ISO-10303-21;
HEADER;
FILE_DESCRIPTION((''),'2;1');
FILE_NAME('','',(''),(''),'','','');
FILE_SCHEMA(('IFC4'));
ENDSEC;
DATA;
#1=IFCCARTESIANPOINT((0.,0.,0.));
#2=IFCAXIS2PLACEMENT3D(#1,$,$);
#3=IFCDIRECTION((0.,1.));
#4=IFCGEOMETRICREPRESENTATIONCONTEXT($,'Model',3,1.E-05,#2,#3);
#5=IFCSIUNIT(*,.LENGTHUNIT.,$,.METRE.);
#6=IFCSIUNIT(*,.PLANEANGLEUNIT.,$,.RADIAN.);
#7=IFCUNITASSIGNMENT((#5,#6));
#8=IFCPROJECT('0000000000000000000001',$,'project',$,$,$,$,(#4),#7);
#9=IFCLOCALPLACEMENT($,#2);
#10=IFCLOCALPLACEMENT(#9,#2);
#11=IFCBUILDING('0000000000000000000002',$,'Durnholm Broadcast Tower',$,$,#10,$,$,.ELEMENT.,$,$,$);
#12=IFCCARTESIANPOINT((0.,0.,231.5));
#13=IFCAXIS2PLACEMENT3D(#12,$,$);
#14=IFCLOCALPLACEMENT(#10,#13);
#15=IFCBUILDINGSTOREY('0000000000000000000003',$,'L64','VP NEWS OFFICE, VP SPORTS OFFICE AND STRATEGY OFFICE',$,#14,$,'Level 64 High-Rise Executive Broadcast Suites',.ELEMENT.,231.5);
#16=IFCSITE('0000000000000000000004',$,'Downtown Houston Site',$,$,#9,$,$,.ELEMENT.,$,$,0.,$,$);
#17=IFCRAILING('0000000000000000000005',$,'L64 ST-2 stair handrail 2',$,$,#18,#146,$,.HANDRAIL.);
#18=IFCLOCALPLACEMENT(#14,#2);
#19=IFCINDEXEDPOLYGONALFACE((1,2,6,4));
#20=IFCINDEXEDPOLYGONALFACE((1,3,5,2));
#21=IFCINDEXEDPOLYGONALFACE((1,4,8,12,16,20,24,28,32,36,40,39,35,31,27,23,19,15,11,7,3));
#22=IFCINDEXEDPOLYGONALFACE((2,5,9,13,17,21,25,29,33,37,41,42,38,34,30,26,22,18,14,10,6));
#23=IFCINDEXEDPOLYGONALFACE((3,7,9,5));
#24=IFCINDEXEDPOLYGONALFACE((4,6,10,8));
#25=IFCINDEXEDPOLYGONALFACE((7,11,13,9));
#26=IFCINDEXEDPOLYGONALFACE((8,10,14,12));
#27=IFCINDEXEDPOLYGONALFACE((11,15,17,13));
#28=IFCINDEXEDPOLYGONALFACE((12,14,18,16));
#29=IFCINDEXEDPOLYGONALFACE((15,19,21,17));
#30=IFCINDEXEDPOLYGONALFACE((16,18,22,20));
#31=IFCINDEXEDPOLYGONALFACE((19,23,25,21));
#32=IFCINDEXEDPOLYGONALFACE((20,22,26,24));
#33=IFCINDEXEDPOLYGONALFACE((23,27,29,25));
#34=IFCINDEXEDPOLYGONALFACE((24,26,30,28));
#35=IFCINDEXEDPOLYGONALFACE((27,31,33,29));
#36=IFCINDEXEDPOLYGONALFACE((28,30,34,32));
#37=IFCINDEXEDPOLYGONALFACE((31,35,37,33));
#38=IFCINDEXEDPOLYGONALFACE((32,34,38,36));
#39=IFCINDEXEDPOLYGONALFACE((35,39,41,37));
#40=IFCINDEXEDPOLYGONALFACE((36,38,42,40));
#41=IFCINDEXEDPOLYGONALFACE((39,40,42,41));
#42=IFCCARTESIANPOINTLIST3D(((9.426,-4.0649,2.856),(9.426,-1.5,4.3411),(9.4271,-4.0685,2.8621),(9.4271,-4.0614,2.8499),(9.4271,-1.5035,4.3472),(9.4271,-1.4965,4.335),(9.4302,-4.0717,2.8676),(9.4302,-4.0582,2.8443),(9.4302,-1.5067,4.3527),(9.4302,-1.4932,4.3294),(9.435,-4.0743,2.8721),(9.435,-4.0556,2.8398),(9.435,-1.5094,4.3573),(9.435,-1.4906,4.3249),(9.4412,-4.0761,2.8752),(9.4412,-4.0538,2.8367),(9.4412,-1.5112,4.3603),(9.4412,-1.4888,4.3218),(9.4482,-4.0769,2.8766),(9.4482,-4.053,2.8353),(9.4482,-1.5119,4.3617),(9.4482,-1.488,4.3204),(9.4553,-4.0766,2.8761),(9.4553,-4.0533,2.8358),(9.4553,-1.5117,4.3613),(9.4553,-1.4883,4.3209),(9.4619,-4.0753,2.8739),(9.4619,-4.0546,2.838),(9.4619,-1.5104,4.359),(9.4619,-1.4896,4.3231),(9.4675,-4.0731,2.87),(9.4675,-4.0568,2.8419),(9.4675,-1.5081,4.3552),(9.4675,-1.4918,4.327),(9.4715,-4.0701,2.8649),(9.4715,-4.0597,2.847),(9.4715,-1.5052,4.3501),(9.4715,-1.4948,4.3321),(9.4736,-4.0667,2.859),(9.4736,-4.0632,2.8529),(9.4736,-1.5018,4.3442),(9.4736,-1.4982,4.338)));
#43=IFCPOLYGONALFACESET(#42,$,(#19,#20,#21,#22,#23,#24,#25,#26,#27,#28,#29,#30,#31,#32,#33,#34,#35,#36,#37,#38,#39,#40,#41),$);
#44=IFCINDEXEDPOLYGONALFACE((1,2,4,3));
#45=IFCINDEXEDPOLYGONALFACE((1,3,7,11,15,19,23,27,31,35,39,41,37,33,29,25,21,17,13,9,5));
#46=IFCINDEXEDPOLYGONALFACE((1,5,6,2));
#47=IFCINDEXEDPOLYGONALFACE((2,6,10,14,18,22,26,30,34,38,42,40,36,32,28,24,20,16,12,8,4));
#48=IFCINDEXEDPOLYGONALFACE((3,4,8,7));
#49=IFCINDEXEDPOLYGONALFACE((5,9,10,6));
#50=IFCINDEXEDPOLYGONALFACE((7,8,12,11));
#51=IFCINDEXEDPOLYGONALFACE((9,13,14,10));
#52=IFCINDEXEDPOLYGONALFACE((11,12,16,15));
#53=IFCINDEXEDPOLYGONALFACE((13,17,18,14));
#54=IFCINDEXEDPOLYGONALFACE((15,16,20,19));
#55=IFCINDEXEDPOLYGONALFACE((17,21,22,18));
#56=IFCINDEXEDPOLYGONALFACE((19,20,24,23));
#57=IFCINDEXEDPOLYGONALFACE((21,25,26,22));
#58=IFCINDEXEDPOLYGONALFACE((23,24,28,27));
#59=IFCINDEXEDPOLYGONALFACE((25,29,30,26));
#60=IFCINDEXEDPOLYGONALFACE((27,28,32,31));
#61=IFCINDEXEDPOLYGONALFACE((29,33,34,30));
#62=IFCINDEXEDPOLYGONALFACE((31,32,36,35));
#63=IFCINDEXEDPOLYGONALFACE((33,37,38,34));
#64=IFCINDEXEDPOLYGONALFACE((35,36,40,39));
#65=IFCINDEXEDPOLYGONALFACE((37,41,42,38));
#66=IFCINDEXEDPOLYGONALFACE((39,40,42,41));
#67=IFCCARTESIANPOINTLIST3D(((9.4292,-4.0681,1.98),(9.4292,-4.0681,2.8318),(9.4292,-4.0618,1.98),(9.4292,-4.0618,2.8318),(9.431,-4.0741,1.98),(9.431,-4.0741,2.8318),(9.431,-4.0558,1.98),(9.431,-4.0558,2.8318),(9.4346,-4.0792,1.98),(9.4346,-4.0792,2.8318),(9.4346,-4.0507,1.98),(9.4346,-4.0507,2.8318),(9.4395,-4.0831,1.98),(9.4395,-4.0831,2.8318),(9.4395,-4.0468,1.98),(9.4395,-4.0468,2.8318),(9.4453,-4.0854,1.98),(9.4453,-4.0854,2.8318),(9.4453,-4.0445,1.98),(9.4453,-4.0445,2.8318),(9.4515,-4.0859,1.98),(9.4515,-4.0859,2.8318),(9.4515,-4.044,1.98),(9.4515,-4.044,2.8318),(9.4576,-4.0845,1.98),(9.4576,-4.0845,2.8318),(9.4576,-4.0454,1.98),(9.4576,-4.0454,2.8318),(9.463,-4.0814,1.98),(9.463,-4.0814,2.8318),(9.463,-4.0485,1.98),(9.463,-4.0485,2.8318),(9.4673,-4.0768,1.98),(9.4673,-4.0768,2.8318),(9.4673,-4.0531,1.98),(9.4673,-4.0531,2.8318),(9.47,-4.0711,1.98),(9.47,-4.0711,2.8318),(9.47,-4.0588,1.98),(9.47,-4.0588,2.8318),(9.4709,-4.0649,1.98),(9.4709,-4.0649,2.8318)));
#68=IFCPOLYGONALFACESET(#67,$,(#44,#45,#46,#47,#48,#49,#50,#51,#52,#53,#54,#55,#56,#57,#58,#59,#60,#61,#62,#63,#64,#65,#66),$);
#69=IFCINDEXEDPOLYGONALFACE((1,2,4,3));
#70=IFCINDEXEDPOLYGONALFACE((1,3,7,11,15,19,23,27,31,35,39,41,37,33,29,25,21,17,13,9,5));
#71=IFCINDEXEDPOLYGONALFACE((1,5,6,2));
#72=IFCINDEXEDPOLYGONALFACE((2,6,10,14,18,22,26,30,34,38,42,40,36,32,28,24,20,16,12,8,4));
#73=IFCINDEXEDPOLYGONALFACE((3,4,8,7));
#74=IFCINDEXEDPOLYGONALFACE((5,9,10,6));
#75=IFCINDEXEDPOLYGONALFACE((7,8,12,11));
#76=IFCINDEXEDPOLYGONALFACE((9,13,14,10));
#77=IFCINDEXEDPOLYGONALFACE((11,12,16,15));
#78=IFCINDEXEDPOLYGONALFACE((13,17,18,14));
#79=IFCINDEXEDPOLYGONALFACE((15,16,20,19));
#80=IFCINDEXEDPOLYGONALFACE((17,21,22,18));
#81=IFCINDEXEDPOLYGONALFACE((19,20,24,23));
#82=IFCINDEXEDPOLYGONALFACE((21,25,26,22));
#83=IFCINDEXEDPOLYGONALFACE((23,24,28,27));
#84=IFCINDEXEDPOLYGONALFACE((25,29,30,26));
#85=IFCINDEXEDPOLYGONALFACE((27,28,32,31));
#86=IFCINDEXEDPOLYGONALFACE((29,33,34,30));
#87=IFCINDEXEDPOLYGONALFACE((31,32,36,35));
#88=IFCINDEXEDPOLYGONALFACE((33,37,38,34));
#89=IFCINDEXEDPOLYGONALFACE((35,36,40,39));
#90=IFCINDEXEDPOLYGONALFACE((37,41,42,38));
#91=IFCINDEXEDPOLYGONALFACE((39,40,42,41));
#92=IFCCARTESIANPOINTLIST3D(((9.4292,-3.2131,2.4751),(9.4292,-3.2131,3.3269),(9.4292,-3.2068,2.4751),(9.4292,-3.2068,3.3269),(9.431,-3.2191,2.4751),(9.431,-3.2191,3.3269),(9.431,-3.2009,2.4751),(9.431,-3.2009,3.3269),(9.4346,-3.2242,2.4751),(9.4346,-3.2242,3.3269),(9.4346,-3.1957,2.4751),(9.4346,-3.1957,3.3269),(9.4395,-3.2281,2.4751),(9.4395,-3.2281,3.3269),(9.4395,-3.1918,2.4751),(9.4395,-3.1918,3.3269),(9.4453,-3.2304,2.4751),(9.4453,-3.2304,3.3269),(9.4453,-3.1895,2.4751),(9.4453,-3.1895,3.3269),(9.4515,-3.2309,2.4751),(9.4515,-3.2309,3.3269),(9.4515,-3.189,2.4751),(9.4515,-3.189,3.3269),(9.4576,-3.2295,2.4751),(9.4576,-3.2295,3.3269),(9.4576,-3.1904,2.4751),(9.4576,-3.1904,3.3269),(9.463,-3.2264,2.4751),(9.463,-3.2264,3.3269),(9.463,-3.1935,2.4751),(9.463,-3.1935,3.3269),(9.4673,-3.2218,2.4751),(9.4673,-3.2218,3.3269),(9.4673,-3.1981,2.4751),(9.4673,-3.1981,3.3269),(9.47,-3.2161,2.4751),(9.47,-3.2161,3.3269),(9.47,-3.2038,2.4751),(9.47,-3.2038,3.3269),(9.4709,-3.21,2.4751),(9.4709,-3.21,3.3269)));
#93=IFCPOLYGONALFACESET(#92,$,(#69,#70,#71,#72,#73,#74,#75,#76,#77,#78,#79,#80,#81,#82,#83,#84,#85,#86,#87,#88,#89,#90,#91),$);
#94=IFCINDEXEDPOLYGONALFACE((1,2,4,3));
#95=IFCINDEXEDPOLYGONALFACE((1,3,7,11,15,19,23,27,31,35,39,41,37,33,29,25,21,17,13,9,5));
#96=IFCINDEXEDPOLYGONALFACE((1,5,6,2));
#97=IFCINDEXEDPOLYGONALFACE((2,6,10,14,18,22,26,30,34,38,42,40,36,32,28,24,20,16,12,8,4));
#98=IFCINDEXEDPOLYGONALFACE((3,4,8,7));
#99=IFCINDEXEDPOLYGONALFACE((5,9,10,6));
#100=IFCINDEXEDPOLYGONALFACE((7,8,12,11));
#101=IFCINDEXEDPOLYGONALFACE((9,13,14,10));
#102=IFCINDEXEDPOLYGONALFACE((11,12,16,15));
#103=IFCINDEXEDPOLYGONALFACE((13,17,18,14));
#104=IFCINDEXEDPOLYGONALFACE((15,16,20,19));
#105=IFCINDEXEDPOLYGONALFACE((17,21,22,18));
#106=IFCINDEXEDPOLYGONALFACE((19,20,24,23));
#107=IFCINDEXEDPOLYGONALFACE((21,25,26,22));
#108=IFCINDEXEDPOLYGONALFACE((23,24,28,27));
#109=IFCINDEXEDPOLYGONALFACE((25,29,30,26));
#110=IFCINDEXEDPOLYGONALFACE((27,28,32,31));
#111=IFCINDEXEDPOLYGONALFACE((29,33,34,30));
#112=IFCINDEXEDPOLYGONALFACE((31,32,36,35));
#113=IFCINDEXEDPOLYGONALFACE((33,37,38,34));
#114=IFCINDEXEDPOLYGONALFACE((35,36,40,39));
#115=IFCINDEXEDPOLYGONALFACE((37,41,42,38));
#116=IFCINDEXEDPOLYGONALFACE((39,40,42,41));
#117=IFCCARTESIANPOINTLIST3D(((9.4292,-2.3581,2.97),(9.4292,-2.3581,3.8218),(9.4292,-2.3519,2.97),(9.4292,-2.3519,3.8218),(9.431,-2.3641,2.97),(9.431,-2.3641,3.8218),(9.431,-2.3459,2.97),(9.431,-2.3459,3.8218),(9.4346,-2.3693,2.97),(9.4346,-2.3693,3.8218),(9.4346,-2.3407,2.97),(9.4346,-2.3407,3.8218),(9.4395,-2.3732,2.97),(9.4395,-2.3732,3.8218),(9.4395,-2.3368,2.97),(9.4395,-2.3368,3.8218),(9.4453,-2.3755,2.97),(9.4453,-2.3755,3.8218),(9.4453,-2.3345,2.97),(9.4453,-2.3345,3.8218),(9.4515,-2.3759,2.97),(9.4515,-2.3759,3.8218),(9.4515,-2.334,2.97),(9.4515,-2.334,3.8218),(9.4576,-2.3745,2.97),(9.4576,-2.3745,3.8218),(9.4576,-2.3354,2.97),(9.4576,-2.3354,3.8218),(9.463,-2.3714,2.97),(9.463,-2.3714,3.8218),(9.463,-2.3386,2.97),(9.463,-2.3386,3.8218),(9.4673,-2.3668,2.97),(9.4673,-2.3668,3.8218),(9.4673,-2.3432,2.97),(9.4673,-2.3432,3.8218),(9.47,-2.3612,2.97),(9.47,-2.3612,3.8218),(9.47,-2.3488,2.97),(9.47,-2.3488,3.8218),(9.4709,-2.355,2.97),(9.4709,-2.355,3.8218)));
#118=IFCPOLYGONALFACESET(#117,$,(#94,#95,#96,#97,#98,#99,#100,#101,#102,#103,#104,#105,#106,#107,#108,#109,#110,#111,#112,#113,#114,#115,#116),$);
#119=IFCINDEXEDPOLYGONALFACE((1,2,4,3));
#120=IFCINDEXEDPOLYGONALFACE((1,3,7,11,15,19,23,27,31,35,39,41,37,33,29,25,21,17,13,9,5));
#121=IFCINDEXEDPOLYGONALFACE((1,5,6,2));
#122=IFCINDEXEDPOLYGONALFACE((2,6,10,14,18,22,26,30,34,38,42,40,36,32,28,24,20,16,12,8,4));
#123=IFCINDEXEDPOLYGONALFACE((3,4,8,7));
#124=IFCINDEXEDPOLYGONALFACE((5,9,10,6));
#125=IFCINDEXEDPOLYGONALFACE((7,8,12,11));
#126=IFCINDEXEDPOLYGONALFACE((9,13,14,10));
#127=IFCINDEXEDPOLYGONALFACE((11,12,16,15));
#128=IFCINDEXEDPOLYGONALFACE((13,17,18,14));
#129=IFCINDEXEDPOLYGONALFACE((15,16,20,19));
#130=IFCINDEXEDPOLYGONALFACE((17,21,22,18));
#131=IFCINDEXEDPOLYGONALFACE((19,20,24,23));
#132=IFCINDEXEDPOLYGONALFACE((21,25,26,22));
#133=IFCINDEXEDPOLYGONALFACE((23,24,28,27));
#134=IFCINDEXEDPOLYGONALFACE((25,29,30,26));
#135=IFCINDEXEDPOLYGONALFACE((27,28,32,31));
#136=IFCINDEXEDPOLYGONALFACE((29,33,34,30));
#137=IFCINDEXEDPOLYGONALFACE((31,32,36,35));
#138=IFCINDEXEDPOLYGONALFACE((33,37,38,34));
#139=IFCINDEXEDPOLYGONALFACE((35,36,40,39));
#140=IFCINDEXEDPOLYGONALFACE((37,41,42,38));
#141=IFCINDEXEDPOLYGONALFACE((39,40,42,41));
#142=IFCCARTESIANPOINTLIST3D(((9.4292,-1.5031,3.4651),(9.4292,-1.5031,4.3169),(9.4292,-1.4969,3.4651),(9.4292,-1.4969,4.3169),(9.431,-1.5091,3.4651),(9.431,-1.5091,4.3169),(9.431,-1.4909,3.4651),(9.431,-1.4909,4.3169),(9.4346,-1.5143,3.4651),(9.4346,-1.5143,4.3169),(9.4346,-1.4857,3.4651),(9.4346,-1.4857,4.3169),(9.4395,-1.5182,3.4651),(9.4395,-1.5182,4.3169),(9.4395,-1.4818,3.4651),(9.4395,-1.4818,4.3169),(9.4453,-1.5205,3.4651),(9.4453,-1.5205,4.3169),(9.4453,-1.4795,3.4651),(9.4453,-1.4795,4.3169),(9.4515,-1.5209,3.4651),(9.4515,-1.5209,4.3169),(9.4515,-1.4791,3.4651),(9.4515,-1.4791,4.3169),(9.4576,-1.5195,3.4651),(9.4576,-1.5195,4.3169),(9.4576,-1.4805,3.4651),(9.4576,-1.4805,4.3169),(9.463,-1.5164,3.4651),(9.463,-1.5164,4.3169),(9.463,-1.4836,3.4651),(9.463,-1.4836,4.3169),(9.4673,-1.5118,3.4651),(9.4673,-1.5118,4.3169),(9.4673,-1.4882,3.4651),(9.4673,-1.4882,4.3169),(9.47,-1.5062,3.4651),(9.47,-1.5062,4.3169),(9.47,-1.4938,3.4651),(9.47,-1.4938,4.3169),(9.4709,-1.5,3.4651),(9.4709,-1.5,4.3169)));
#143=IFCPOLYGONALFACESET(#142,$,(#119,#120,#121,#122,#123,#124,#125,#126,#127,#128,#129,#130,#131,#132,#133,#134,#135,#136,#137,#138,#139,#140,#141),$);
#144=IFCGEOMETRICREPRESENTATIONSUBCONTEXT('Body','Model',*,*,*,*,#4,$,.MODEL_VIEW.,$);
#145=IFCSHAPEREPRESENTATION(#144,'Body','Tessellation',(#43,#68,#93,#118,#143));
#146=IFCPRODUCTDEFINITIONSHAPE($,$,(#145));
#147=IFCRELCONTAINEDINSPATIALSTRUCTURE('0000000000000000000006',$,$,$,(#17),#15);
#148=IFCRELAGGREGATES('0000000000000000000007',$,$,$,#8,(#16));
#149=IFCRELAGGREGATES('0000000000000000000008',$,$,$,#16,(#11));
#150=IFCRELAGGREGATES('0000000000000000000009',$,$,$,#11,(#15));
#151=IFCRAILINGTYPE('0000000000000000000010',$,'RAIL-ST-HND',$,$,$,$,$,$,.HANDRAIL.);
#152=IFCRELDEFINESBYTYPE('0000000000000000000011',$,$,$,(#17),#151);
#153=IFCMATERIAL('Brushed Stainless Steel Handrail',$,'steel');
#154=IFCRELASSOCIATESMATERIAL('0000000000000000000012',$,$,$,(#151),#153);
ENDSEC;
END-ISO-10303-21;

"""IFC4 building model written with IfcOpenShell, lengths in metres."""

from ifc_helpers import new_model, si_unit, direction, frame, origin, origin_2d, place, context, subcontext, project, spatial, circle, extrude, material, type_object, element, save


model = new_model("IFC4")

# Units and contexts
model_context = context("Model", 3, precision=1e-05, world=origin(), true_north=direction((0.0, 1.0)))
body_context = subcontext(model_context, "Body", "Model", "MODEL_VIEW")
ifc_project = project(units=[si_unit("LENGTHUNIT", "METRE"), si_unit("PLANEANGLEUNIT", "RADIAN")], contexts=[model_context])

# Site, building, storey
site_placement = place(None, origin())
site = spatial("IfcSite", under=ifc_project, at=site_placement, Name="Downtown Houston Site", CompositionType="ELEMENT", RefElevation=0.0)
building_placement = place(site_placement, origin())
building = spatial("IfcBuilding", under=site, at=building_placement, Name="Durnholm Broadcast Tower", CompositionType="ELEMENT")
storey_placement = place(building_placement, frame((0.0, 0.0, 231.5)))
storey = spatial("IfcBuildingStorey", under=building, at=storey_placement, Name="L64", Description="VP NEWS OFFICE, VP SPORTS OFFICE AND STRATEGY OFFICE", LongName="Level 64 High-Rise Executive Broadcast Suites", CompositionType="ELEMENT", Elevation=231.5)

# Railing
ifc_material_1 = material(Name="Brushed Stainless Steel Handrail", Category="steel")
railing_type_1 = type_object("IfcRailingType", Name="RAIL-ST-HND", PredefinedType="HANDRAIL", material=ifc_material_1)
railing_1_placement = place(storey_placement, frame((9.45, -4.0649, 1.98)))
element("IfcRailing", 1, at=railing_1_placement, inside=storey, type_object=railing_type_1, Name="L64 ST-2 stair handrail 2", PredefinedType="HANDRAIL", context=body_context, shape_type="SweptSolid", body=[
    extrude(circle(Radius=0.0239, at=origin_2d()), frame((0.0, 0.0, 0.876), z_axis=(0.0, 0.865406, 0.501072), x_axis=(-1.0, 0.0, 0.0)), (0.0, 0.0, 1.0), 2.9639),
    extrude(circle(Radius=0.021, at=origin_2d()), origin(), (0.0, 0.0, 1.0), 0.8518),
    extrude(circle(Radius=0.021, at=origin_2d()), frame((0.0, 0.855, 0.4951)), (0.0, 0.0, 1.0), 0.8518),
    extrude(circle(Radius=0.021, at=origin_2d()), frame((0.0, 1.71, 0.99)), (0.0, 0.0, 1.0), 0.8518),
    extrude(circle(Radius=0.021, at=origin_2d()), frame((0.0, 2.5649, 1.4851)), (0.0, 0.0, 1.0), 0.8518),
])

save(model, "model.ifc")
